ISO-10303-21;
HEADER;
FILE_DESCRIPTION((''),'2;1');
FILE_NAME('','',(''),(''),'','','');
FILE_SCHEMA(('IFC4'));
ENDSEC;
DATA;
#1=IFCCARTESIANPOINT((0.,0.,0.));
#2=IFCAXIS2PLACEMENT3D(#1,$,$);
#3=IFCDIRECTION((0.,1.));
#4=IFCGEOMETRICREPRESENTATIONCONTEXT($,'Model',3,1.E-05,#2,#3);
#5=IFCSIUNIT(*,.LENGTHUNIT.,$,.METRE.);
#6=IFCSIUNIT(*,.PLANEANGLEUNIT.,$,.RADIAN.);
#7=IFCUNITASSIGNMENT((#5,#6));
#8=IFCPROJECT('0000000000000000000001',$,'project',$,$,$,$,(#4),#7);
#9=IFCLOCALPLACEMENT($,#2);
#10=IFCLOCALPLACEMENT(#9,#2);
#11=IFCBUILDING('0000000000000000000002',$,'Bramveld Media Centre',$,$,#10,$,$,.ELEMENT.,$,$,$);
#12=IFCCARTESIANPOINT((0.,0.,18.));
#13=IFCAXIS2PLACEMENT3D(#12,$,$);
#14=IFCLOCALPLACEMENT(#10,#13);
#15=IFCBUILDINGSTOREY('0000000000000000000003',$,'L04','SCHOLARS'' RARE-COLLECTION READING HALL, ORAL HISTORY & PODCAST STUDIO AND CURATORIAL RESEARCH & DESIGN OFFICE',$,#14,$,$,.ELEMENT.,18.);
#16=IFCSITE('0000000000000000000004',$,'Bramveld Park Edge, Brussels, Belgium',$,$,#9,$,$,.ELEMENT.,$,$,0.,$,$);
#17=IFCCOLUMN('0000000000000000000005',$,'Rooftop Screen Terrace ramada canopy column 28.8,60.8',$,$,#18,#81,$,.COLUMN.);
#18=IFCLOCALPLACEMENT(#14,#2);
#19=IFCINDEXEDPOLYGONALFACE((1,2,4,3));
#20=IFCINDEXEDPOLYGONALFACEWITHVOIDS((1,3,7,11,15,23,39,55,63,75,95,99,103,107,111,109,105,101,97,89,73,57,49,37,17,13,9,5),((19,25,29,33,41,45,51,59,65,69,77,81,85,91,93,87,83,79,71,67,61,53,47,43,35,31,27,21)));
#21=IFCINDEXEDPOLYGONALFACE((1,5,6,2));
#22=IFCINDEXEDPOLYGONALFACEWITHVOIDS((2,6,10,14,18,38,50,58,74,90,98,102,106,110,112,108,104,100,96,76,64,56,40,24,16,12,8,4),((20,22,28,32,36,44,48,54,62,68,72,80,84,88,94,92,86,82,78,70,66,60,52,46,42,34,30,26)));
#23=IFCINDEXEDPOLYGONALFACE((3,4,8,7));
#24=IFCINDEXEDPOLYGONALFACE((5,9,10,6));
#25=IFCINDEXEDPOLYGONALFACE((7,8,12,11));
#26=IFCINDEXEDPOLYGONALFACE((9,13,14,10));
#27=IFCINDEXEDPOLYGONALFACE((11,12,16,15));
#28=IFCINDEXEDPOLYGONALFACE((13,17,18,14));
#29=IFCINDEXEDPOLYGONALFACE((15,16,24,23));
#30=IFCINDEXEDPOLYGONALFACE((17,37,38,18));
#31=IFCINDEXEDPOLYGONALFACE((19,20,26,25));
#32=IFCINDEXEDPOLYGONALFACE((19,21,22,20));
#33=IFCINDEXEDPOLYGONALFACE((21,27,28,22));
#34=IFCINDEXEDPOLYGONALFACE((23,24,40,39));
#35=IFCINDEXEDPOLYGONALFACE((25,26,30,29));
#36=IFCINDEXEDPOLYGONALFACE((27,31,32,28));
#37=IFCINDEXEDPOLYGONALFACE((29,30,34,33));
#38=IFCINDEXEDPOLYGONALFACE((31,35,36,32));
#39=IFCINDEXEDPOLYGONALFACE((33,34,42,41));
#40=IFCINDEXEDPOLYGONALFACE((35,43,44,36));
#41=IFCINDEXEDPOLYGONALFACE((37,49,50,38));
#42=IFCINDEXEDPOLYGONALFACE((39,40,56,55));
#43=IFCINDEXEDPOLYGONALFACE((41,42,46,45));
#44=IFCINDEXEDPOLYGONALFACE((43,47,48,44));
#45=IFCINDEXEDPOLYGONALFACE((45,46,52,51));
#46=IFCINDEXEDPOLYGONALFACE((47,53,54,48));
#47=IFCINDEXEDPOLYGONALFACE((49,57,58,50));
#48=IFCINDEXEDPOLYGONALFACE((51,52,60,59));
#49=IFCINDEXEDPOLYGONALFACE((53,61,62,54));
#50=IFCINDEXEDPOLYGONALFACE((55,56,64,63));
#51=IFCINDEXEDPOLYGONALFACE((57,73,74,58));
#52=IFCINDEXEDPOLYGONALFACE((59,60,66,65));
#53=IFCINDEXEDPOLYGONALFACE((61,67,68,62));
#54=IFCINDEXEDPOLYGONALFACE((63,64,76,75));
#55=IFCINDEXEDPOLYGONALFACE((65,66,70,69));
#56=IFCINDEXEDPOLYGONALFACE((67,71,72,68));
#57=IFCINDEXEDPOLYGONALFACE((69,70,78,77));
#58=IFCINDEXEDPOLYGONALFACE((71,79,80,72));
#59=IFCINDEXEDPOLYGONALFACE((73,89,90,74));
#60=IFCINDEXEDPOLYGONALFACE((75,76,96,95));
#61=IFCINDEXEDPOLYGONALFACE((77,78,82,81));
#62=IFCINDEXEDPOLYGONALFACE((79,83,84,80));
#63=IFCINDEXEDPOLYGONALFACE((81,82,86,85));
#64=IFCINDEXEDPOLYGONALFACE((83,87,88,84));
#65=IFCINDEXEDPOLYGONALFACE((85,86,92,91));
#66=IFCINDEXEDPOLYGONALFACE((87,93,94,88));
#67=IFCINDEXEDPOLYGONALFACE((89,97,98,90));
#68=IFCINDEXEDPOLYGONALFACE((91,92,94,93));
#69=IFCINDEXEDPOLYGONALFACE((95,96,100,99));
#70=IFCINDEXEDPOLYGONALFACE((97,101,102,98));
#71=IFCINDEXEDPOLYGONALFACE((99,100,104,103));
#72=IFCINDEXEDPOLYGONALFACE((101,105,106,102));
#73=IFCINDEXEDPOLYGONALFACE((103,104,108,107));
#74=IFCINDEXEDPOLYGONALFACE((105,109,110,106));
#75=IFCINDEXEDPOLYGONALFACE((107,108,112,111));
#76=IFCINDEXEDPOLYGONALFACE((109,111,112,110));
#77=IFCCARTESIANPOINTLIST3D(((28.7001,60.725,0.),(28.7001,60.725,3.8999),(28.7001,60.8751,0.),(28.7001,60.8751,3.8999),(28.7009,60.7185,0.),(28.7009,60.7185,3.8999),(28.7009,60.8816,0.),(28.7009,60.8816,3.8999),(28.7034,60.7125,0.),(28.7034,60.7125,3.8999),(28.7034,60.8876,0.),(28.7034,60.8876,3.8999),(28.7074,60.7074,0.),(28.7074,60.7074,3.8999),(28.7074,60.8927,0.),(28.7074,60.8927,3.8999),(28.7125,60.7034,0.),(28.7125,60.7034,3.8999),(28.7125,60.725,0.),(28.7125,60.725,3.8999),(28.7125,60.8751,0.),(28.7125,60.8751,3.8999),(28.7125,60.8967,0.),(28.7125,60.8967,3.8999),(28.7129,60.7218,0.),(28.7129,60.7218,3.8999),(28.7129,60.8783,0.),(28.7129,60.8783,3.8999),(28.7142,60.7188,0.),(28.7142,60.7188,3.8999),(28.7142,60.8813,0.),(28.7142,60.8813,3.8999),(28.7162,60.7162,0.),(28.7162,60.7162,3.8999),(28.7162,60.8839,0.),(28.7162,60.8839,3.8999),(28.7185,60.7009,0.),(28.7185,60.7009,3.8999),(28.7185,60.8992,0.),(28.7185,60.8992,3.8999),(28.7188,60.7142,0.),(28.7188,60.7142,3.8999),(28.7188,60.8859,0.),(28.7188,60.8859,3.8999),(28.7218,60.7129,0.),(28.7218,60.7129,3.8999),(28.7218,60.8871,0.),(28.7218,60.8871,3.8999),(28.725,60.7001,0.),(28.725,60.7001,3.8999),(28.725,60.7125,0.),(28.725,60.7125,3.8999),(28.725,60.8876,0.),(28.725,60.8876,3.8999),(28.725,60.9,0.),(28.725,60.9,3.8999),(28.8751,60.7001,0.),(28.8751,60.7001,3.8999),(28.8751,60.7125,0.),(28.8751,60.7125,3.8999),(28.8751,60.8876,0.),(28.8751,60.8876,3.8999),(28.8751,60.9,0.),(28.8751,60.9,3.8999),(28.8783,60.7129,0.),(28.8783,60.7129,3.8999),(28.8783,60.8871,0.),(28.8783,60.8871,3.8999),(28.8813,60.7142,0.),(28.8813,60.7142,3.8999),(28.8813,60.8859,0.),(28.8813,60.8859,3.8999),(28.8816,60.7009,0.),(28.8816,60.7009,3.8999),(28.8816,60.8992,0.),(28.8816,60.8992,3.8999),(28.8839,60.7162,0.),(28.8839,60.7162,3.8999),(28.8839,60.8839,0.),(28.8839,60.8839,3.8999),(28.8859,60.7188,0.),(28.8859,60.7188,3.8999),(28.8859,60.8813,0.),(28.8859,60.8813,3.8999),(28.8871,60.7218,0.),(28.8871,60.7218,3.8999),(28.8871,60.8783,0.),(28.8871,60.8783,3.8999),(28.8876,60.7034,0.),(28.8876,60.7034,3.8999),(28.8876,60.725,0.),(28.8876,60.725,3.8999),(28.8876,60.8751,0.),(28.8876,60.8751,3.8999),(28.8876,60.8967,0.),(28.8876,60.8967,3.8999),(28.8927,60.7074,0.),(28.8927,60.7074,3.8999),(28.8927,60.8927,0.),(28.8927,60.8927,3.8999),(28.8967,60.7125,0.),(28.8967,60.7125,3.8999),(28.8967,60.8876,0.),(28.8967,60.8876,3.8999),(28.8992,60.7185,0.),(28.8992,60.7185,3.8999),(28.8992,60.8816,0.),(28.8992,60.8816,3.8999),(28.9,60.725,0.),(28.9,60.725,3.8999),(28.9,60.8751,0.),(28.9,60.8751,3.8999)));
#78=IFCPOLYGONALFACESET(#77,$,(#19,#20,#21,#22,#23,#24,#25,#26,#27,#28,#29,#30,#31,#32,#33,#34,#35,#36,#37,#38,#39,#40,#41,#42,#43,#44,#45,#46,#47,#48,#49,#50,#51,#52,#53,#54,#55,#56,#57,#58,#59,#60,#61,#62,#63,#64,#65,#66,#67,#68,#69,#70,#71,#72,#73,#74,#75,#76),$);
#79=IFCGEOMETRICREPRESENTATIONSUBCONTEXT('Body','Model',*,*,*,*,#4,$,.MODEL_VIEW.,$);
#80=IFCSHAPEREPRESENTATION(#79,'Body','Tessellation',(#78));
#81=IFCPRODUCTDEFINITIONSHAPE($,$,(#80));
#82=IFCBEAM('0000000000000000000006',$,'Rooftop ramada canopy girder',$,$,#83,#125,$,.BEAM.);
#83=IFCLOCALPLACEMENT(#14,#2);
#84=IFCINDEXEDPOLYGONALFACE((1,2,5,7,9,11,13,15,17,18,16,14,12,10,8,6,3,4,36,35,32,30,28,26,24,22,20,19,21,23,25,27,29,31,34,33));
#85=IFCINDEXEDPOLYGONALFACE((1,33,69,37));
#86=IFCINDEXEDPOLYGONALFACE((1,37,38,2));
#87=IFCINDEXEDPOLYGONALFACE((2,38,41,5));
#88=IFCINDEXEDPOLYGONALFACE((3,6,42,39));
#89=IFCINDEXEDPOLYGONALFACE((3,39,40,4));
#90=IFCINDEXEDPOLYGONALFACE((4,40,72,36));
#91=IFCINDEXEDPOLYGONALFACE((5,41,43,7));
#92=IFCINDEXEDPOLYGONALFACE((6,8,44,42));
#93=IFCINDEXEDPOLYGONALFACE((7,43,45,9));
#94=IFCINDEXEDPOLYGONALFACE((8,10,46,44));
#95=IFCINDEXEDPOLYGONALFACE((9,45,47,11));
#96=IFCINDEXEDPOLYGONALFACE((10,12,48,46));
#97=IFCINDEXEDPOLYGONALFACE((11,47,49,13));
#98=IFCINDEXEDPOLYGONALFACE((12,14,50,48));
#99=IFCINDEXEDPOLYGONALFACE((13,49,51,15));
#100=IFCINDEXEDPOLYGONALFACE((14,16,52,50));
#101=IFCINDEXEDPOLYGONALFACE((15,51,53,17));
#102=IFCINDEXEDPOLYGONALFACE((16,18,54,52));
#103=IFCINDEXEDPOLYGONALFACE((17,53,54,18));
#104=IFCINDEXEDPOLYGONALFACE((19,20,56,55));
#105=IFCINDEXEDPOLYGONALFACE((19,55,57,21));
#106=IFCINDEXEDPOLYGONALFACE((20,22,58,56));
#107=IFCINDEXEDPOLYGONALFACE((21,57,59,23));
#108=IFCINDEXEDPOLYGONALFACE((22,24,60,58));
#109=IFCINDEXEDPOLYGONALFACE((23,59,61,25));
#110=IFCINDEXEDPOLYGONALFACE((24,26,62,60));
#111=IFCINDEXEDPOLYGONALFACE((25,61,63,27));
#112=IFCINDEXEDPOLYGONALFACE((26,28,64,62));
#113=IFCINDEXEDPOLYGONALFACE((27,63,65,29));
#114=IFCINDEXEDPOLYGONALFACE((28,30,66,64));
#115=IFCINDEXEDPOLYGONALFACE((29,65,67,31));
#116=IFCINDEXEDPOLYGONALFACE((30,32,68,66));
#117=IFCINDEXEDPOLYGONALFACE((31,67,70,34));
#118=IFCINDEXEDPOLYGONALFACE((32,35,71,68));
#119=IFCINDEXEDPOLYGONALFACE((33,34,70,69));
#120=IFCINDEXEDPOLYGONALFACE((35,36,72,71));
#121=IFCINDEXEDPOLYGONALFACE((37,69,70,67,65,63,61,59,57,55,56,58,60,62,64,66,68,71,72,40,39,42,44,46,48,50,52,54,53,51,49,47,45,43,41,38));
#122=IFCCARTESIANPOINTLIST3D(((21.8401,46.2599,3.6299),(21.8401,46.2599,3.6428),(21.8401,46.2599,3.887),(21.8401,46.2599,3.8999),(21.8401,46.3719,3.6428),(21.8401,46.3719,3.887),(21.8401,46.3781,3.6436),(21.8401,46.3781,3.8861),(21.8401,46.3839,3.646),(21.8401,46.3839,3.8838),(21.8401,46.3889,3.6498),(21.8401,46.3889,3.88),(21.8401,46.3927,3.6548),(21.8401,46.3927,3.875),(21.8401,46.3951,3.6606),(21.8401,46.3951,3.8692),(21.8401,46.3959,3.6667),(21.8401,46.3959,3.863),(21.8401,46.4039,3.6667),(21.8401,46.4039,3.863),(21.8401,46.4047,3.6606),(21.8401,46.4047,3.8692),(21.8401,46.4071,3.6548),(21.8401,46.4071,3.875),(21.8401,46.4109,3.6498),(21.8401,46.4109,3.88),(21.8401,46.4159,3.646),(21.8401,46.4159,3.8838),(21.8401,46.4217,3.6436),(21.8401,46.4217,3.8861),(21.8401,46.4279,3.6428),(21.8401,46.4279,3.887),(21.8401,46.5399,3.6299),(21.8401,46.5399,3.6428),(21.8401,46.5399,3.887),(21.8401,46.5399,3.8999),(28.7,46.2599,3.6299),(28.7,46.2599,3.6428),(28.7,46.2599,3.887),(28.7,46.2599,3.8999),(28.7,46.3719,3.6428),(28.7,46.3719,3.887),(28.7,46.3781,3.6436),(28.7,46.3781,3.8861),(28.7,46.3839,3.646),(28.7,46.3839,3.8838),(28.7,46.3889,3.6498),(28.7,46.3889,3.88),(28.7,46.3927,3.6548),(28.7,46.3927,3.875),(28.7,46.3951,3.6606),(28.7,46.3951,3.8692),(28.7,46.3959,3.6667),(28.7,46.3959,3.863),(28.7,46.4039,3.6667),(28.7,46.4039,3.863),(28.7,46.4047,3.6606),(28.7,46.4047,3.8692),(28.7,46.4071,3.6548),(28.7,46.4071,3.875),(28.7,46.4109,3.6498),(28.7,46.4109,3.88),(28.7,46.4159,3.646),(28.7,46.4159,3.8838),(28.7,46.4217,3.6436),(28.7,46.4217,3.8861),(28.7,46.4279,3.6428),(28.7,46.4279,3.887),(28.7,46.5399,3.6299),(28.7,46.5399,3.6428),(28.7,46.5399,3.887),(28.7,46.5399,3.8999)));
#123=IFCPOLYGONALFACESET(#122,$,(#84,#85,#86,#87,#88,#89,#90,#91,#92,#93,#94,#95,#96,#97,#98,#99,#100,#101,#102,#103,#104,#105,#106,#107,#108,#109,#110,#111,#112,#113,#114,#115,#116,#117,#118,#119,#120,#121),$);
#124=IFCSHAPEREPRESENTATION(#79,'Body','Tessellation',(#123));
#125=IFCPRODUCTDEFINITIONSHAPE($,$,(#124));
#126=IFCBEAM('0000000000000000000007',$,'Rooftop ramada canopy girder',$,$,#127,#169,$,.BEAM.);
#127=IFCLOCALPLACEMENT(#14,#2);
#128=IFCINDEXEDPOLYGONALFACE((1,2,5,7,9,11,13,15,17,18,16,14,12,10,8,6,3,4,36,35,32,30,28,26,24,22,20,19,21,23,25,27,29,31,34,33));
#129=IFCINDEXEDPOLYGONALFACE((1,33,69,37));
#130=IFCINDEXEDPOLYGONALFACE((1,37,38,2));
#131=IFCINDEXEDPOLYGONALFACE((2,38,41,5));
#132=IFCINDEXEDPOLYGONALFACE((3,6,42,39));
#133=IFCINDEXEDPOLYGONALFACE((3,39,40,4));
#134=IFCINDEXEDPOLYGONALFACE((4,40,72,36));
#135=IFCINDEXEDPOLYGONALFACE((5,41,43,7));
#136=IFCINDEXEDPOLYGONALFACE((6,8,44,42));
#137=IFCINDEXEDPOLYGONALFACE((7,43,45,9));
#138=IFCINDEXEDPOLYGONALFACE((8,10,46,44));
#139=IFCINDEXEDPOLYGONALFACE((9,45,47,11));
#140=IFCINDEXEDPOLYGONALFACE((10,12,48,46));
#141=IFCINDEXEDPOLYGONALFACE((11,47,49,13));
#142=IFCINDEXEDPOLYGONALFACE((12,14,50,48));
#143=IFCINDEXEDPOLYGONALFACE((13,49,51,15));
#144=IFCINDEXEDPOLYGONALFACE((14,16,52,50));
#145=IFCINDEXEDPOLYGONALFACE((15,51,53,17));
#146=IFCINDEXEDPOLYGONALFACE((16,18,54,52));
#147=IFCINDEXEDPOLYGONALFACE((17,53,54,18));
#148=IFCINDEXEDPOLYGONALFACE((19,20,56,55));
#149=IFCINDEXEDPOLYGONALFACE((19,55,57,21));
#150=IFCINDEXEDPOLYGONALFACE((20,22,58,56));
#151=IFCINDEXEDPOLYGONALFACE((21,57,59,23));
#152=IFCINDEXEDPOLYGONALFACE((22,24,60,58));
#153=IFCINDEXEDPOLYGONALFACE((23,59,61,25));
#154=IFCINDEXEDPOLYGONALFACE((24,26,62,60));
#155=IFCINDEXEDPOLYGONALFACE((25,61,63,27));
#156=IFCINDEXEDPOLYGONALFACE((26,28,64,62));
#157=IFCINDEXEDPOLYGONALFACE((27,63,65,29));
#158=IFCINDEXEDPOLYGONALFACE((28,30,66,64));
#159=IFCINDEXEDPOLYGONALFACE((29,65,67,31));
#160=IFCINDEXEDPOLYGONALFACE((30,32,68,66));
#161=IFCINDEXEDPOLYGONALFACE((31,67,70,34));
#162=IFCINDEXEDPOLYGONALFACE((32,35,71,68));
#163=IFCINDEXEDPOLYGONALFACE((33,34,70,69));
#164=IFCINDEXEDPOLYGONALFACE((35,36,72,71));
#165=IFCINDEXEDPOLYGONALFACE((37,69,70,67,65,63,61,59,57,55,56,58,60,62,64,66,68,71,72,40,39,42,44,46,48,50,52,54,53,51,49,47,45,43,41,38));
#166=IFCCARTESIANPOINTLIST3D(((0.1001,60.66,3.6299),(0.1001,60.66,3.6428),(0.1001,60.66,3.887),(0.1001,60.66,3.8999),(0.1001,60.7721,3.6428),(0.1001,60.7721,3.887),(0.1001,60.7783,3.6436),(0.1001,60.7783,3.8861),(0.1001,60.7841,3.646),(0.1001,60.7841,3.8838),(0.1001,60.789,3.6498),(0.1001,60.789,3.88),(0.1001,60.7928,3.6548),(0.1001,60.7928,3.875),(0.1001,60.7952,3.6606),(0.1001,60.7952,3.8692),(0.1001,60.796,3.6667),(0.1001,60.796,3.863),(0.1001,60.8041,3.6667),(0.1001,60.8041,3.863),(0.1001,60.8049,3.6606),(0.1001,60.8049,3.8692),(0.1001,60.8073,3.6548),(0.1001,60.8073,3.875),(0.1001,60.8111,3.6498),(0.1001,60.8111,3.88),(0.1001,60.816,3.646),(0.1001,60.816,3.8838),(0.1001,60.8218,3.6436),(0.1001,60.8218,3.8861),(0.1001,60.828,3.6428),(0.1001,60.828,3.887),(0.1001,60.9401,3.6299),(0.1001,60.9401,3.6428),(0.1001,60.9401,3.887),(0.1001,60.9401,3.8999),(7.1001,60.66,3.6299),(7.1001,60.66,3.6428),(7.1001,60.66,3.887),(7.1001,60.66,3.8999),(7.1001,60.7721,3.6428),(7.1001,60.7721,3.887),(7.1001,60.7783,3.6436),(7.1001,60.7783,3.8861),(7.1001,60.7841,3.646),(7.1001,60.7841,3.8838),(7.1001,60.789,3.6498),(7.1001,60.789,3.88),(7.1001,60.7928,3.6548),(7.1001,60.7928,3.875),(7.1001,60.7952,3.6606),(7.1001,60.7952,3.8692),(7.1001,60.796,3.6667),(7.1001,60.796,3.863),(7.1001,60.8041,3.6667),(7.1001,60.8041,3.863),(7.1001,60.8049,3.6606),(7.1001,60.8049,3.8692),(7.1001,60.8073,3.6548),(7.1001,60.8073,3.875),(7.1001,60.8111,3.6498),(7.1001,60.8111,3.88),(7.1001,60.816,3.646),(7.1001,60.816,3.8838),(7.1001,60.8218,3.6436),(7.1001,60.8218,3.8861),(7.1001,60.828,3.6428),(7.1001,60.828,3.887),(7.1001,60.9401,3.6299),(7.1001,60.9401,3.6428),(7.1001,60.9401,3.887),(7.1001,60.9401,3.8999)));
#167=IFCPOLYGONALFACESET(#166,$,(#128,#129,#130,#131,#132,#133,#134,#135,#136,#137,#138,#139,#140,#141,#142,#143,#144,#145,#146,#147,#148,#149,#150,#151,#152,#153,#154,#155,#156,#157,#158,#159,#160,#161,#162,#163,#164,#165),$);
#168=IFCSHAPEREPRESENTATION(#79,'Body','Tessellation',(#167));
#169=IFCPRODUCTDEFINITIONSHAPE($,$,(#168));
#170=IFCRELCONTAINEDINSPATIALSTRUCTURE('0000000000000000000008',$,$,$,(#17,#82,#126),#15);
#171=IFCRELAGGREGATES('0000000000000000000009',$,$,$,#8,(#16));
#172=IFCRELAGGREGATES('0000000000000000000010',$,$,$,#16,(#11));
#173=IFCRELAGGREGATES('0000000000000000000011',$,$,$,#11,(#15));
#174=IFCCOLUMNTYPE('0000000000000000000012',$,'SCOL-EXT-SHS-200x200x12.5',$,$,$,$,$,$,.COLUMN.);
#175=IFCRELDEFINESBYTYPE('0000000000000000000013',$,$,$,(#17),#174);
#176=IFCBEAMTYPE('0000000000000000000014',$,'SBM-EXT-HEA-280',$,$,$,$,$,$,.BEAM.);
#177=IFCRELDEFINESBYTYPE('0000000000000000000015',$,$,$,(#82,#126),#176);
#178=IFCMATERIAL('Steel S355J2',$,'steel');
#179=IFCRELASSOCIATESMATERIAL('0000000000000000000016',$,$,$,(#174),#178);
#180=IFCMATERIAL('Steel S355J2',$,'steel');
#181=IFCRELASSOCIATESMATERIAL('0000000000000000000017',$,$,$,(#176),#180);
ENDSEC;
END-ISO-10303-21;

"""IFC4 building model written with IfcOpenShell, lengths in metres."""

from ifc_helpers import new_model, si_unit, direction, frame, origin, origin_2d, place, context, subcontext, project, spatial, hollow_rectangle, i_section, extrude, material, material_profile, profile_set, type_object, element, save


model = new_model("IFC4")

# Units and contexts
model_context = context("Model", 3, precision=1e-05, world=origin(), true_north=direction((0.0, 1.0)))
body_context = subcontext(model_context, "Body", "Model", "MODEL_VIEW")
ifc_project = project(units=[si_unit("LENGTHUNIT", "METRE"), si_unit("PLANEANGLEUNIT", "RADIAN")], contexts=[model_context])

# Site, building, storey
site_placement = place(None, origin())
site = spatial("IfcSite", under=ifc_project, at=site_placement, Name="Bramveld Park Edge, Brussels, Belgium", CompositionType="ELEMENT", RefElevation=0.0)
building_placement = place(site_placement, origin())
building = spatial("IfcBuilding", under=site, at=building_placement, Name="Bramveld Media Centre", CompositionType="ELEMENT")
storey_placement = place(building_placement, frame((0.0, 0.0, 18.0)))
storey = spatial("IfcBuildingStorey", under=building, at=storey_placement, Name="L04", Description="SCHOLARS' RARE-COLLECTION READING HALL, ORAL HISTORY & PODCAST STUDIO AND CURATORIAL RESEARCH & DESIGN OFFICE", CompositionType="ELEMENT", Elevation=18.0)

# Column
ifc_material_1 = material(Name="Steel S355J2", Category="steel")
ifc_material_profile_1 = material_profile(ifc_material_1, hollow_rectangle(XDim=0.2, YDim=0.2, WallThickness=0.0125, InnerFilletRadius=0.0125, OuterFilletRadius=0.0249, at=origin_2d()), Name="SHS 200x200x12.5")
ifc_profile_set_1 = profile_set([ifc_material_profile_1], Name="Steel S355J2")
column_type_1 = type_object("IfcColumnType", Name="SCOL-EXT-SHS-200x200x12.5", PredefinedType="COLUMN", material=ifc_profile_set_1)
for number, where, z_axis, x_axis, name in (
    (1, (28.8, 60.8, 0.0), (0.0, 0.0, 1.0), (1.0, 0.0, 0.0), "Rooftop Screen Terrace ramada canopy column 28.8,60.8"),
):
    element("IfcColumn", number, at=place(storey_placement, frame(where, z_axis=z_axis, x_axis=x_axis)), inside=storey, type_object=column_type_1, Name=name, PredefinedType="COLUMN", context=body_context, shape_type="SweptSolid", body=[
        extrude(hollow_rectangle(XDim=0.2, YDim=0.2, WallThickness=0.0125, InnerFilletRadius=0.0125, OuterFilletRadius=0.0249, at=origin_2d()), origin(), (0.0, 0.0, 1.0), 3.8999),
    ])

# Beams
ifc_material_2 = material(Name="Steel S355J2", Category="steel")
ifc_material_profile_2 = material_profile(ifc_material_2, i_section(OverallWidth=0.28, OverallDepth=0.27, WebThickness=0.0081, FlangeThickness=0.0129, FilletRadius=0.0239, at=origin_2d()), Name="HEA 280")
ifc_profile_set_2 = profile_set([ifc_material_profile_2], Name="Steel S355J2")
beam_type_1 = type_object("IfcBeamType", Name="SBM-EXT-HEA-280", PredefinedType="BEAM", material=ifc_profile_set_2)
beam_1_placement = place(storey_placement, frame((21.8401, 46.3999, 3.7649), z_axis=(1.0, 0.0, 0.0), x_axis=(0.0, 1.0, 0.0)))
element("IfcBeam", 2, at=beam_1_placement, inside=storey, type_object=beam_type_1, Name="Rooftop ramada canopy girder", PredefinedType="BEAM", context=body_context, shape_type="SweptSolid", body=[
    extrude(i_section(OverallWidth=0.28, OverallDepth=0.27, WebThickness=0.0081, FlangeThickness=0.0129, FilletRadius=0.0239, at=origin_2d()), origin(), (0.0, 0.0, 1.0), 6.8599),
])
for number, where, z_axis, x_axis, name in (
    (3, (0.1001, 60.8, 3.7649), (1.0, 0.0, 0.0), (0.0, 1.0, 0.0), "Rooftop ramada canopy girder"),
):
    element("IfcBeam", number, at=place(storey_placement, frame(where, z_axis=z_axis, x_axis=x_axis)), inside=storey, type_object=beam_type_1, Name=name, PredefinedType="BEAM", context=body_context, shape_type="SweptSolid", body=[
        extrude(i_section(OverallWidth=0.28, OverallDepth=0.27, WebThickness=0.0081, FlangeThickness=0.0129, FilletRadius=0.0239, at=origin_2d()), origin(), (0.0, 0.0, 1.0), 7.0),
    ])

save(model, "model.ifc")
